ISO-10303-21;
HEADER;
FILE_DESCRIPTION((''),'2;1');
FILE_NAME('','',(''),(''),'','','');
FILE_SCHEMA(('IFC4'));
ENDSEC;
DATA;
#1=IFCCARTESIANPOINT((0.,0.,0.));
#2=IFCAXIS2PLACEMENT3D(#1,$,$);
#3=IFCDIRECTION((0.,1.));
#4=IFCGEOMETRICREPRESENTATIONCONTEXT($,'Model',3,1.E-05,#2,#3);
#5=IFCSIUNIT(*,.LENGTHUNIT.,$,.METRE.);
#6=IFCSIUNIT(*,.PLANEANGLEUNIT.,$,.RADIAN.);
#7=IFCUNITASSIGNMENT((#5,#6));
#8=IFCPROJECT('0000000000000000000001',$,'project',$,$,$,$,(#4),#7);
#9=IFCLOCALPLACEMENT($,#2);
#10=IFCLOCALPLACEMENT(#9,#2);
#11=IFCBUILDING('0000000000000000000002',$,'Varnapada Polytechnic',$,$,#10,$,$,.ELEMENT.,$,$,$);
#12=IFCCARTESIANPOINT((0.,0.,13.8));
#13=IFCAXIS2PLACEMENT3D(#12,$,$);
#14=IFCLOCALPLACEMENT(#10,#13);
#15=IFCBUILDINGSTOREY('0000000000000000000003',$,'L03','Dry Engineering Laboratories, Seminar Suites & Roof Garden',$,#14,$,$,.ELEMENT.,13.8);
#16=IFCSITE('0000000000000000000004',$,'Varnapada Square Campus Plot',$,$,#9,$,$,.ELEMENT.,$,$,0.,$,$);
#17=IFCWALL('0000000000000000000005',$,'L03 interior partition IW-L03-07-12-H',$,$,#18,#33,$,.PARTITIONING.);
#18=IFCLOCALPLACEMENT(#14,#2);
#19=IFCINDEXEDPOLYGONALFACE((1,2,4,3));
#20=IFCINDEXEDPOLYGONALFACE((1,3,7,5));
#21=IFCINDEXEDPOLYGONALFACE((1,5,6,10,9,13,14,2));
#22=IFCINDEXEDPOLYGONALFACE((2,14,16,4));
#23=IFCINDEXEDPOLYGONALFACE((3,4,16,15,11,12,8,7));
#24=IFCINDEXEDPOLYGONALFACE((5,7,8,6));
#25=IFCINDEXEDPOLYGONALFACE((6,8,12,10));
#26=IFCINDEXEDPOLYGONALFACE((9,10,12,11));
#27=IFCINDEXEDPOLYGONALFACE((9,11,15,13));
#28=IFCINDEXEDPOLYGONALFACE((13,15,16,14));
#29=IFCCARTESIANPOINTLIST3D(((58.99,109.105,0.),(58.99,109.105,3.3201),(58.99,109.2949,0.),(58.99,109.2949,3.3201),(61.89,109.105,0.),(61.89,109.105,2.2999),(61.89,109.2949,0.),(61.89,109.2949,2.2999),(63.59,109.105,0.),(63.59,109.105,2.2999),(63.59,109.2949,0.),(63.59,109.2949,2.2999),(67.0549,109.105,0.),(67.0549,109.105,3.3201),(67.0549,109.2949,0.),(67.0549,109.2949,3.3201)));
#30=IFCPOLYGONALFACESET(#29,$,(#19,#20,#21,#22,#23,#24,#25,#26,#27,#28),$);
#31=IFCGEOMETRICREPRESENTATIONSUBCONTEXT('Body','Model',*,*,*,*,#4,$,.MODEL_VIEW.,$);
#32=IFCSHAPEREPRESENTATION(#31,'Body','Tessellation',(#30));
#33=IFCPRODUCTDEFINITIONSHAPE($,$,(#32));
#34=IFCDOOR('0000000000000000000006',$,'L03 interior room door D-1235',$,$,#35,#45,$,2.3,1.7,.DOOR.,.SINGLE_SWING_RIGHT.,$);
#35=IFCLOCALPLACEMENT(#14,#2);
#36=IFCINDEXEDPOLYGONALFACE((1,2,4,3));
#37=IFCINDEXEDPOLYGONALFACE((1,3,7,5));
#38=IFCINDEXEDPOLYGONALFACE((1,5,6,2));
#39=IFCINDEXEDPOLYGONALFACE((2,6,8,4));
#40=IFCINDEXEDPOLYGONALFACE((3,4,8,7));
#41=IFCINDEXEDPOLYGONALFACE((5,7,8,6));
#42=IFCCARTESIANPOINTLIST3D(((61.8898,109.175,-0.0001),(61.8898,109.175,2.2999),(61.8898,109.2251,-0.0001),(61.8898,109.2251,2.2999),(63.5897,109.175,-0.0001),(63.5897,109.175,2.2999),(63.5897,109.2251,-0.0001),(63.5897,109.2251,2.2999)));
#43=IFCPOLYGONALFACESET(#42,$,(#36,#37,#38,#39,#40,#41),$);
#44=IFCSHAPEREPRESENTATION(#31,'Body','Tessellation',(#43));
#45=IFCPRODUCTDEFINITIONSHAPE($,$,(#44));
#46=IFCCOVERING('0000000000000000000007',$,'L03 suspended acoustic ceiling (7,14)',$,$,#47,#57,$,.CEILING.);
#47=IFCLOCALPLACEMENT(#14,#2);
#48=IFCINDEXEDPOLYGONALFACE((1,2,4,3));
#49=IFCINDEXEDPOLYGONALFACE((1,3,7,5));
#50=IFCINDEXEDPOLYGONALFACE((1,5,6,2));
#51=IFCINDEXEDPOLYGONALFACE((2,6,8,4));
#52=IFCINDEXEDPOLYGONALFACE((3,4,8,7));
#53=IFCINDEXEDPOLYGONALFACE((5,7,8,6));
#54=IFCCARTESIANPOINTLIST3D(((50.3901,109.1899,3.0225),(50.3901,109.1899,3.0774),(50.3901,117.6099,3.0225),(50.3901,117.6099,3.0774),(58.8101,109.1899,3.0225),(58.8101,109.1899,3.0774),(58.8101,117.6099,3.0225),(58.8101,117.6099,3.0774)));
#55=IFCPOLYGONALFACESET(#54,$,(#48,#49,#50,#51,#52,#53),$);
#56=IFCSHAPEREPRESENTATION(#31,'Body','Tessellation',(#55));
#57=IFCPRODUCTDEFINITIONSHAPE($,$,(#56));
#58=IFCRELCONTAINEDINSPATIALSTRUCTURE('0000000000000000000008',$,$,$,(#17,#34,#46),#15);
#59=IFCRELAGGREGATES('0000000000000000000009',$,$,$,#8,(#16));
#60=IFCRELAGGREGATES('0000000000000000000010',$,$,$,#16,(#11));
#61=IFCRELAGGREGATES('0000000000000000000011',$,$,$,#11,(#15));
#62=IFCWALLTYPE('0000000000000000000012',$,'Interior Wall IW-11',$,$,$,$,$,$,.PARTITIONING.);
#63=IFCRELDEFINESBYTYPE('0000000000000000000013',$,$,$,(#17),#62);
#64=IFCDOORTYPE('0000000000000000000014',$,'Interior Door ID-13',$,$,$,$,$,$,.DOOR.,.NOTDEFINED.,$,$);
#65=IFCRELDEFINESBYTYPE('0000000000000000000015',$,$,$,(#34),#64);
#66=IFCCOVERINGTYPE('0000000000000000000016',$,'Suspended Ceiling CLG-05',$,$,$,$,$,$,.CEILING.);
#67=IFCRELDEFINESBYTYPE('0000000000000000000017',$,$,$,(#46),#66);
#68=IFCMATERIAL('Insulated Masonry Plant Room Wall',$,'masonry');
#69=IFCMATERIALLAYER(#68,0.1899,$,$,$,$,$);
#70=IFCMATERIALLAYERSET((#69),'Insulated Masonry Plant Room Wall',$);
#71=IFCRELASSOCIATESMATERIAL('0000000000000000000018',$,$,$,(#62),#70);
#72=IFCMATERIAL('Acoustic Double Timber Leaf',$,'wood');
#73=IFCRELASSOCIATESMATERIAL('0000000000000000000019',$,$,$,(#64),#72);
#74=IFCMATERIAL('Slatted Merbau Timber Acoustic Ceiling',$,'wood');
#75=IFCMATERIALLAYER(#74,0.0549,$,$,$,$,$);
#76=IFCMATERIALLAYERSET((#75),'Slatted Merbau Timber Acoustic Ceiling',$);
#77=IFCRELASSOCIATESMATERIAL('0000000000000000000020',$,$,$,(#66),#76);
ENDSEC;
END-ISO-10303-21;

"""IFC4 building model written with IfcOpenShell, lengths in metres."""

from ifc_helpers import new_model, si_unit, direction, frame, frame_2d, origin, origin_2d, place, context, subcontext, project, spatial, rectangle, extrude, material, layer, layer_set, type_object, element, fill, save


model = new_model("IFC4")

# Units and contexts
model_context = context("Model", 3, precision=1e-05, world=origin(), true_north=direction((0.0, 1.0)))
body_context = subcontext(model_context, "Body", "Model", "MODEL_VIEW")
ifc_project = project(units=[si_unit("LENGTHUNIT", "METRE"), si_unit("PLANEANGLEUNIT", "RADIAN")], contexts=[model_context])

# Site, building, storey
site_placement = place(None, origin())
site = spatial("IfcSite", under=ifc_project, at=site_placement, Name="Varnapada Square Campus Plot", CompositionType="ELEMENT", RefElevation=0.0)
building_placement = place(site_placement, origin())
building = spatial("IfcBuilding", under=site, at=building_placement, Name="Varnapada Polytechnic", CompositionType="ELEMENT")
storey_placement = place(building_placement, frame((0.0, 0.0, 13.8)))
storey = spatial("IfcBuildingStorey", under=building, at=storey_placement, Name="L03", Description="Dry Engineering Laboratories, Seminar Suites & Roof Garden", CompositionType="ELEMENT", Elevation=13.8)

# Wall, opening, door
ifc_material_1 = material(Name="Insulated Masonry Plant Room Wall", Category="masonry")
ifc_layer_1 = layer(ifc_material_1, 0.1899)
ifc_layer_set_1 = layer_set([ifc_layer_1], Name="Insulated Masonry Plant Room Wall")
wall_type_1 = type_object("IfcWallType", Name="Interior Wall IW-11", PredefinedType="PARTITIONING", material=ifc_layer_set_1)
wall_1_placement = place(storey_placement, frame((58.99, 109.2, 0.0), z_axis=(0.0, 0.0, 1.0), x_axis=(1.0, 0.0, 0.0)))
wall_1 = element("IfcWall", 1, at=wall_1_placement, inside=storey, type_object=wall_type_1, Name="L03 interior partition IW-L03-07-12-H", PredefinedType="PARTITIONING", context=body_context, shape_type="SweptSolid", body=[
    extrude(rectangle(XDim=8.0649, YDim=0.1899, at=frame_2d((4.0325, 0.0))), origin(), (0.0, 0.0, 1.0), 3.3201),
])
opening_1_placement = place(wall_1_placement, frame((2.8999, 0.0, 0.0)))
opening_1 = element("IfcOpeningElement", 2, at=opening_1_placement, cuts=wall_1, PredefinedType="OPENING", context=body_context, shape_type="SweptSolid", body=[
    extrude(rectangle(XDim=1.7, YDim=2.3, at=frame_2d((0.8501, 1.1499))), frame((0.0, 0.105, 0.0), z_axis=(0.0, -1.0, 0.0), x_axis=(1.0, 0.0, 0.0)), (0.0, 0.0, 1.0), 0.21),
])
ifc_material_2 = material(Name="Acoustic Double Timber Leaf", Category="wood")
door_type_1 = type_object("IfcDoorType", Name="Interior Door ID-13", OperationType="NOTDEFINED", PredefinedType="DOOR", material=ifc_material_2)
door_1_placement = place(opening_1_placement, frame((1.7, 0.0, 0.0), z_axis=(0.0, 0.0, 1.0), x_axis=(-1.0, 0.0, 0.0)))
door_1 = element("IfcDoor", 3, at=door_1_placement, inside=storey, type_object=door_type_1, Name="L03 interior room door D-1235", OperationType="SINGLE_SWING_RIGHT", OverallHeight=2.3, OverallWidth=1.7, PredefinedType="DOOR", context=body_context, shape_type="SweptSolid", body=[
    extrude(rectangle(XDim=1.7, YDim=2.3, at=frame_2d((0.8501, 1.1499))), frame((0.0, 0.0249, 0.0), z_axis=(0.0, -1.0, 0.0), x_axis=(1.0, 0.0, 0.0)), (0.0, 0.0, 1.0), 0.05),
])
fill(opening_1, door_1)

# Covering
ifc_material_3 = material(Name="Slatted Merbau Timber Acoustic Ceiling", Category="wood")
ifc_layer_2 = layer(ifc_material_3, 0.0549)
ifc_layer_set_2 = layer_set([ifc_layer_2], Name="Slatted Merbau Timber Acoustic Ceiling")
covering_type = type_object("IfcCoveringType", Name="Suspended Ceiling CLG-05", PredefinedType="CEILING", material=ifc_layer_set_2)
covering_placement = place(storey_placement, frame((54.6001, 113.3999, 3.0225), z_axis=(0.0, 0.0, 1.0), x_axis=(1.0, 0.0, 0.0)))
element("IfcCovering", 4, at=covering_placement, inside=storey, type_object=covering_type, Name="L03 suspended acoustic ceiling (7,14)", PredefinedType="CEILING", context=body_context, shape_type="SweptSolid", body=[
    extrude(rectangle(XDim=8.4199, YDim=8.4199, at=origin_2d()), origin(), (0.0, 0.0, 1.0), 0.0549),
])

save(model, "model.ifc")
